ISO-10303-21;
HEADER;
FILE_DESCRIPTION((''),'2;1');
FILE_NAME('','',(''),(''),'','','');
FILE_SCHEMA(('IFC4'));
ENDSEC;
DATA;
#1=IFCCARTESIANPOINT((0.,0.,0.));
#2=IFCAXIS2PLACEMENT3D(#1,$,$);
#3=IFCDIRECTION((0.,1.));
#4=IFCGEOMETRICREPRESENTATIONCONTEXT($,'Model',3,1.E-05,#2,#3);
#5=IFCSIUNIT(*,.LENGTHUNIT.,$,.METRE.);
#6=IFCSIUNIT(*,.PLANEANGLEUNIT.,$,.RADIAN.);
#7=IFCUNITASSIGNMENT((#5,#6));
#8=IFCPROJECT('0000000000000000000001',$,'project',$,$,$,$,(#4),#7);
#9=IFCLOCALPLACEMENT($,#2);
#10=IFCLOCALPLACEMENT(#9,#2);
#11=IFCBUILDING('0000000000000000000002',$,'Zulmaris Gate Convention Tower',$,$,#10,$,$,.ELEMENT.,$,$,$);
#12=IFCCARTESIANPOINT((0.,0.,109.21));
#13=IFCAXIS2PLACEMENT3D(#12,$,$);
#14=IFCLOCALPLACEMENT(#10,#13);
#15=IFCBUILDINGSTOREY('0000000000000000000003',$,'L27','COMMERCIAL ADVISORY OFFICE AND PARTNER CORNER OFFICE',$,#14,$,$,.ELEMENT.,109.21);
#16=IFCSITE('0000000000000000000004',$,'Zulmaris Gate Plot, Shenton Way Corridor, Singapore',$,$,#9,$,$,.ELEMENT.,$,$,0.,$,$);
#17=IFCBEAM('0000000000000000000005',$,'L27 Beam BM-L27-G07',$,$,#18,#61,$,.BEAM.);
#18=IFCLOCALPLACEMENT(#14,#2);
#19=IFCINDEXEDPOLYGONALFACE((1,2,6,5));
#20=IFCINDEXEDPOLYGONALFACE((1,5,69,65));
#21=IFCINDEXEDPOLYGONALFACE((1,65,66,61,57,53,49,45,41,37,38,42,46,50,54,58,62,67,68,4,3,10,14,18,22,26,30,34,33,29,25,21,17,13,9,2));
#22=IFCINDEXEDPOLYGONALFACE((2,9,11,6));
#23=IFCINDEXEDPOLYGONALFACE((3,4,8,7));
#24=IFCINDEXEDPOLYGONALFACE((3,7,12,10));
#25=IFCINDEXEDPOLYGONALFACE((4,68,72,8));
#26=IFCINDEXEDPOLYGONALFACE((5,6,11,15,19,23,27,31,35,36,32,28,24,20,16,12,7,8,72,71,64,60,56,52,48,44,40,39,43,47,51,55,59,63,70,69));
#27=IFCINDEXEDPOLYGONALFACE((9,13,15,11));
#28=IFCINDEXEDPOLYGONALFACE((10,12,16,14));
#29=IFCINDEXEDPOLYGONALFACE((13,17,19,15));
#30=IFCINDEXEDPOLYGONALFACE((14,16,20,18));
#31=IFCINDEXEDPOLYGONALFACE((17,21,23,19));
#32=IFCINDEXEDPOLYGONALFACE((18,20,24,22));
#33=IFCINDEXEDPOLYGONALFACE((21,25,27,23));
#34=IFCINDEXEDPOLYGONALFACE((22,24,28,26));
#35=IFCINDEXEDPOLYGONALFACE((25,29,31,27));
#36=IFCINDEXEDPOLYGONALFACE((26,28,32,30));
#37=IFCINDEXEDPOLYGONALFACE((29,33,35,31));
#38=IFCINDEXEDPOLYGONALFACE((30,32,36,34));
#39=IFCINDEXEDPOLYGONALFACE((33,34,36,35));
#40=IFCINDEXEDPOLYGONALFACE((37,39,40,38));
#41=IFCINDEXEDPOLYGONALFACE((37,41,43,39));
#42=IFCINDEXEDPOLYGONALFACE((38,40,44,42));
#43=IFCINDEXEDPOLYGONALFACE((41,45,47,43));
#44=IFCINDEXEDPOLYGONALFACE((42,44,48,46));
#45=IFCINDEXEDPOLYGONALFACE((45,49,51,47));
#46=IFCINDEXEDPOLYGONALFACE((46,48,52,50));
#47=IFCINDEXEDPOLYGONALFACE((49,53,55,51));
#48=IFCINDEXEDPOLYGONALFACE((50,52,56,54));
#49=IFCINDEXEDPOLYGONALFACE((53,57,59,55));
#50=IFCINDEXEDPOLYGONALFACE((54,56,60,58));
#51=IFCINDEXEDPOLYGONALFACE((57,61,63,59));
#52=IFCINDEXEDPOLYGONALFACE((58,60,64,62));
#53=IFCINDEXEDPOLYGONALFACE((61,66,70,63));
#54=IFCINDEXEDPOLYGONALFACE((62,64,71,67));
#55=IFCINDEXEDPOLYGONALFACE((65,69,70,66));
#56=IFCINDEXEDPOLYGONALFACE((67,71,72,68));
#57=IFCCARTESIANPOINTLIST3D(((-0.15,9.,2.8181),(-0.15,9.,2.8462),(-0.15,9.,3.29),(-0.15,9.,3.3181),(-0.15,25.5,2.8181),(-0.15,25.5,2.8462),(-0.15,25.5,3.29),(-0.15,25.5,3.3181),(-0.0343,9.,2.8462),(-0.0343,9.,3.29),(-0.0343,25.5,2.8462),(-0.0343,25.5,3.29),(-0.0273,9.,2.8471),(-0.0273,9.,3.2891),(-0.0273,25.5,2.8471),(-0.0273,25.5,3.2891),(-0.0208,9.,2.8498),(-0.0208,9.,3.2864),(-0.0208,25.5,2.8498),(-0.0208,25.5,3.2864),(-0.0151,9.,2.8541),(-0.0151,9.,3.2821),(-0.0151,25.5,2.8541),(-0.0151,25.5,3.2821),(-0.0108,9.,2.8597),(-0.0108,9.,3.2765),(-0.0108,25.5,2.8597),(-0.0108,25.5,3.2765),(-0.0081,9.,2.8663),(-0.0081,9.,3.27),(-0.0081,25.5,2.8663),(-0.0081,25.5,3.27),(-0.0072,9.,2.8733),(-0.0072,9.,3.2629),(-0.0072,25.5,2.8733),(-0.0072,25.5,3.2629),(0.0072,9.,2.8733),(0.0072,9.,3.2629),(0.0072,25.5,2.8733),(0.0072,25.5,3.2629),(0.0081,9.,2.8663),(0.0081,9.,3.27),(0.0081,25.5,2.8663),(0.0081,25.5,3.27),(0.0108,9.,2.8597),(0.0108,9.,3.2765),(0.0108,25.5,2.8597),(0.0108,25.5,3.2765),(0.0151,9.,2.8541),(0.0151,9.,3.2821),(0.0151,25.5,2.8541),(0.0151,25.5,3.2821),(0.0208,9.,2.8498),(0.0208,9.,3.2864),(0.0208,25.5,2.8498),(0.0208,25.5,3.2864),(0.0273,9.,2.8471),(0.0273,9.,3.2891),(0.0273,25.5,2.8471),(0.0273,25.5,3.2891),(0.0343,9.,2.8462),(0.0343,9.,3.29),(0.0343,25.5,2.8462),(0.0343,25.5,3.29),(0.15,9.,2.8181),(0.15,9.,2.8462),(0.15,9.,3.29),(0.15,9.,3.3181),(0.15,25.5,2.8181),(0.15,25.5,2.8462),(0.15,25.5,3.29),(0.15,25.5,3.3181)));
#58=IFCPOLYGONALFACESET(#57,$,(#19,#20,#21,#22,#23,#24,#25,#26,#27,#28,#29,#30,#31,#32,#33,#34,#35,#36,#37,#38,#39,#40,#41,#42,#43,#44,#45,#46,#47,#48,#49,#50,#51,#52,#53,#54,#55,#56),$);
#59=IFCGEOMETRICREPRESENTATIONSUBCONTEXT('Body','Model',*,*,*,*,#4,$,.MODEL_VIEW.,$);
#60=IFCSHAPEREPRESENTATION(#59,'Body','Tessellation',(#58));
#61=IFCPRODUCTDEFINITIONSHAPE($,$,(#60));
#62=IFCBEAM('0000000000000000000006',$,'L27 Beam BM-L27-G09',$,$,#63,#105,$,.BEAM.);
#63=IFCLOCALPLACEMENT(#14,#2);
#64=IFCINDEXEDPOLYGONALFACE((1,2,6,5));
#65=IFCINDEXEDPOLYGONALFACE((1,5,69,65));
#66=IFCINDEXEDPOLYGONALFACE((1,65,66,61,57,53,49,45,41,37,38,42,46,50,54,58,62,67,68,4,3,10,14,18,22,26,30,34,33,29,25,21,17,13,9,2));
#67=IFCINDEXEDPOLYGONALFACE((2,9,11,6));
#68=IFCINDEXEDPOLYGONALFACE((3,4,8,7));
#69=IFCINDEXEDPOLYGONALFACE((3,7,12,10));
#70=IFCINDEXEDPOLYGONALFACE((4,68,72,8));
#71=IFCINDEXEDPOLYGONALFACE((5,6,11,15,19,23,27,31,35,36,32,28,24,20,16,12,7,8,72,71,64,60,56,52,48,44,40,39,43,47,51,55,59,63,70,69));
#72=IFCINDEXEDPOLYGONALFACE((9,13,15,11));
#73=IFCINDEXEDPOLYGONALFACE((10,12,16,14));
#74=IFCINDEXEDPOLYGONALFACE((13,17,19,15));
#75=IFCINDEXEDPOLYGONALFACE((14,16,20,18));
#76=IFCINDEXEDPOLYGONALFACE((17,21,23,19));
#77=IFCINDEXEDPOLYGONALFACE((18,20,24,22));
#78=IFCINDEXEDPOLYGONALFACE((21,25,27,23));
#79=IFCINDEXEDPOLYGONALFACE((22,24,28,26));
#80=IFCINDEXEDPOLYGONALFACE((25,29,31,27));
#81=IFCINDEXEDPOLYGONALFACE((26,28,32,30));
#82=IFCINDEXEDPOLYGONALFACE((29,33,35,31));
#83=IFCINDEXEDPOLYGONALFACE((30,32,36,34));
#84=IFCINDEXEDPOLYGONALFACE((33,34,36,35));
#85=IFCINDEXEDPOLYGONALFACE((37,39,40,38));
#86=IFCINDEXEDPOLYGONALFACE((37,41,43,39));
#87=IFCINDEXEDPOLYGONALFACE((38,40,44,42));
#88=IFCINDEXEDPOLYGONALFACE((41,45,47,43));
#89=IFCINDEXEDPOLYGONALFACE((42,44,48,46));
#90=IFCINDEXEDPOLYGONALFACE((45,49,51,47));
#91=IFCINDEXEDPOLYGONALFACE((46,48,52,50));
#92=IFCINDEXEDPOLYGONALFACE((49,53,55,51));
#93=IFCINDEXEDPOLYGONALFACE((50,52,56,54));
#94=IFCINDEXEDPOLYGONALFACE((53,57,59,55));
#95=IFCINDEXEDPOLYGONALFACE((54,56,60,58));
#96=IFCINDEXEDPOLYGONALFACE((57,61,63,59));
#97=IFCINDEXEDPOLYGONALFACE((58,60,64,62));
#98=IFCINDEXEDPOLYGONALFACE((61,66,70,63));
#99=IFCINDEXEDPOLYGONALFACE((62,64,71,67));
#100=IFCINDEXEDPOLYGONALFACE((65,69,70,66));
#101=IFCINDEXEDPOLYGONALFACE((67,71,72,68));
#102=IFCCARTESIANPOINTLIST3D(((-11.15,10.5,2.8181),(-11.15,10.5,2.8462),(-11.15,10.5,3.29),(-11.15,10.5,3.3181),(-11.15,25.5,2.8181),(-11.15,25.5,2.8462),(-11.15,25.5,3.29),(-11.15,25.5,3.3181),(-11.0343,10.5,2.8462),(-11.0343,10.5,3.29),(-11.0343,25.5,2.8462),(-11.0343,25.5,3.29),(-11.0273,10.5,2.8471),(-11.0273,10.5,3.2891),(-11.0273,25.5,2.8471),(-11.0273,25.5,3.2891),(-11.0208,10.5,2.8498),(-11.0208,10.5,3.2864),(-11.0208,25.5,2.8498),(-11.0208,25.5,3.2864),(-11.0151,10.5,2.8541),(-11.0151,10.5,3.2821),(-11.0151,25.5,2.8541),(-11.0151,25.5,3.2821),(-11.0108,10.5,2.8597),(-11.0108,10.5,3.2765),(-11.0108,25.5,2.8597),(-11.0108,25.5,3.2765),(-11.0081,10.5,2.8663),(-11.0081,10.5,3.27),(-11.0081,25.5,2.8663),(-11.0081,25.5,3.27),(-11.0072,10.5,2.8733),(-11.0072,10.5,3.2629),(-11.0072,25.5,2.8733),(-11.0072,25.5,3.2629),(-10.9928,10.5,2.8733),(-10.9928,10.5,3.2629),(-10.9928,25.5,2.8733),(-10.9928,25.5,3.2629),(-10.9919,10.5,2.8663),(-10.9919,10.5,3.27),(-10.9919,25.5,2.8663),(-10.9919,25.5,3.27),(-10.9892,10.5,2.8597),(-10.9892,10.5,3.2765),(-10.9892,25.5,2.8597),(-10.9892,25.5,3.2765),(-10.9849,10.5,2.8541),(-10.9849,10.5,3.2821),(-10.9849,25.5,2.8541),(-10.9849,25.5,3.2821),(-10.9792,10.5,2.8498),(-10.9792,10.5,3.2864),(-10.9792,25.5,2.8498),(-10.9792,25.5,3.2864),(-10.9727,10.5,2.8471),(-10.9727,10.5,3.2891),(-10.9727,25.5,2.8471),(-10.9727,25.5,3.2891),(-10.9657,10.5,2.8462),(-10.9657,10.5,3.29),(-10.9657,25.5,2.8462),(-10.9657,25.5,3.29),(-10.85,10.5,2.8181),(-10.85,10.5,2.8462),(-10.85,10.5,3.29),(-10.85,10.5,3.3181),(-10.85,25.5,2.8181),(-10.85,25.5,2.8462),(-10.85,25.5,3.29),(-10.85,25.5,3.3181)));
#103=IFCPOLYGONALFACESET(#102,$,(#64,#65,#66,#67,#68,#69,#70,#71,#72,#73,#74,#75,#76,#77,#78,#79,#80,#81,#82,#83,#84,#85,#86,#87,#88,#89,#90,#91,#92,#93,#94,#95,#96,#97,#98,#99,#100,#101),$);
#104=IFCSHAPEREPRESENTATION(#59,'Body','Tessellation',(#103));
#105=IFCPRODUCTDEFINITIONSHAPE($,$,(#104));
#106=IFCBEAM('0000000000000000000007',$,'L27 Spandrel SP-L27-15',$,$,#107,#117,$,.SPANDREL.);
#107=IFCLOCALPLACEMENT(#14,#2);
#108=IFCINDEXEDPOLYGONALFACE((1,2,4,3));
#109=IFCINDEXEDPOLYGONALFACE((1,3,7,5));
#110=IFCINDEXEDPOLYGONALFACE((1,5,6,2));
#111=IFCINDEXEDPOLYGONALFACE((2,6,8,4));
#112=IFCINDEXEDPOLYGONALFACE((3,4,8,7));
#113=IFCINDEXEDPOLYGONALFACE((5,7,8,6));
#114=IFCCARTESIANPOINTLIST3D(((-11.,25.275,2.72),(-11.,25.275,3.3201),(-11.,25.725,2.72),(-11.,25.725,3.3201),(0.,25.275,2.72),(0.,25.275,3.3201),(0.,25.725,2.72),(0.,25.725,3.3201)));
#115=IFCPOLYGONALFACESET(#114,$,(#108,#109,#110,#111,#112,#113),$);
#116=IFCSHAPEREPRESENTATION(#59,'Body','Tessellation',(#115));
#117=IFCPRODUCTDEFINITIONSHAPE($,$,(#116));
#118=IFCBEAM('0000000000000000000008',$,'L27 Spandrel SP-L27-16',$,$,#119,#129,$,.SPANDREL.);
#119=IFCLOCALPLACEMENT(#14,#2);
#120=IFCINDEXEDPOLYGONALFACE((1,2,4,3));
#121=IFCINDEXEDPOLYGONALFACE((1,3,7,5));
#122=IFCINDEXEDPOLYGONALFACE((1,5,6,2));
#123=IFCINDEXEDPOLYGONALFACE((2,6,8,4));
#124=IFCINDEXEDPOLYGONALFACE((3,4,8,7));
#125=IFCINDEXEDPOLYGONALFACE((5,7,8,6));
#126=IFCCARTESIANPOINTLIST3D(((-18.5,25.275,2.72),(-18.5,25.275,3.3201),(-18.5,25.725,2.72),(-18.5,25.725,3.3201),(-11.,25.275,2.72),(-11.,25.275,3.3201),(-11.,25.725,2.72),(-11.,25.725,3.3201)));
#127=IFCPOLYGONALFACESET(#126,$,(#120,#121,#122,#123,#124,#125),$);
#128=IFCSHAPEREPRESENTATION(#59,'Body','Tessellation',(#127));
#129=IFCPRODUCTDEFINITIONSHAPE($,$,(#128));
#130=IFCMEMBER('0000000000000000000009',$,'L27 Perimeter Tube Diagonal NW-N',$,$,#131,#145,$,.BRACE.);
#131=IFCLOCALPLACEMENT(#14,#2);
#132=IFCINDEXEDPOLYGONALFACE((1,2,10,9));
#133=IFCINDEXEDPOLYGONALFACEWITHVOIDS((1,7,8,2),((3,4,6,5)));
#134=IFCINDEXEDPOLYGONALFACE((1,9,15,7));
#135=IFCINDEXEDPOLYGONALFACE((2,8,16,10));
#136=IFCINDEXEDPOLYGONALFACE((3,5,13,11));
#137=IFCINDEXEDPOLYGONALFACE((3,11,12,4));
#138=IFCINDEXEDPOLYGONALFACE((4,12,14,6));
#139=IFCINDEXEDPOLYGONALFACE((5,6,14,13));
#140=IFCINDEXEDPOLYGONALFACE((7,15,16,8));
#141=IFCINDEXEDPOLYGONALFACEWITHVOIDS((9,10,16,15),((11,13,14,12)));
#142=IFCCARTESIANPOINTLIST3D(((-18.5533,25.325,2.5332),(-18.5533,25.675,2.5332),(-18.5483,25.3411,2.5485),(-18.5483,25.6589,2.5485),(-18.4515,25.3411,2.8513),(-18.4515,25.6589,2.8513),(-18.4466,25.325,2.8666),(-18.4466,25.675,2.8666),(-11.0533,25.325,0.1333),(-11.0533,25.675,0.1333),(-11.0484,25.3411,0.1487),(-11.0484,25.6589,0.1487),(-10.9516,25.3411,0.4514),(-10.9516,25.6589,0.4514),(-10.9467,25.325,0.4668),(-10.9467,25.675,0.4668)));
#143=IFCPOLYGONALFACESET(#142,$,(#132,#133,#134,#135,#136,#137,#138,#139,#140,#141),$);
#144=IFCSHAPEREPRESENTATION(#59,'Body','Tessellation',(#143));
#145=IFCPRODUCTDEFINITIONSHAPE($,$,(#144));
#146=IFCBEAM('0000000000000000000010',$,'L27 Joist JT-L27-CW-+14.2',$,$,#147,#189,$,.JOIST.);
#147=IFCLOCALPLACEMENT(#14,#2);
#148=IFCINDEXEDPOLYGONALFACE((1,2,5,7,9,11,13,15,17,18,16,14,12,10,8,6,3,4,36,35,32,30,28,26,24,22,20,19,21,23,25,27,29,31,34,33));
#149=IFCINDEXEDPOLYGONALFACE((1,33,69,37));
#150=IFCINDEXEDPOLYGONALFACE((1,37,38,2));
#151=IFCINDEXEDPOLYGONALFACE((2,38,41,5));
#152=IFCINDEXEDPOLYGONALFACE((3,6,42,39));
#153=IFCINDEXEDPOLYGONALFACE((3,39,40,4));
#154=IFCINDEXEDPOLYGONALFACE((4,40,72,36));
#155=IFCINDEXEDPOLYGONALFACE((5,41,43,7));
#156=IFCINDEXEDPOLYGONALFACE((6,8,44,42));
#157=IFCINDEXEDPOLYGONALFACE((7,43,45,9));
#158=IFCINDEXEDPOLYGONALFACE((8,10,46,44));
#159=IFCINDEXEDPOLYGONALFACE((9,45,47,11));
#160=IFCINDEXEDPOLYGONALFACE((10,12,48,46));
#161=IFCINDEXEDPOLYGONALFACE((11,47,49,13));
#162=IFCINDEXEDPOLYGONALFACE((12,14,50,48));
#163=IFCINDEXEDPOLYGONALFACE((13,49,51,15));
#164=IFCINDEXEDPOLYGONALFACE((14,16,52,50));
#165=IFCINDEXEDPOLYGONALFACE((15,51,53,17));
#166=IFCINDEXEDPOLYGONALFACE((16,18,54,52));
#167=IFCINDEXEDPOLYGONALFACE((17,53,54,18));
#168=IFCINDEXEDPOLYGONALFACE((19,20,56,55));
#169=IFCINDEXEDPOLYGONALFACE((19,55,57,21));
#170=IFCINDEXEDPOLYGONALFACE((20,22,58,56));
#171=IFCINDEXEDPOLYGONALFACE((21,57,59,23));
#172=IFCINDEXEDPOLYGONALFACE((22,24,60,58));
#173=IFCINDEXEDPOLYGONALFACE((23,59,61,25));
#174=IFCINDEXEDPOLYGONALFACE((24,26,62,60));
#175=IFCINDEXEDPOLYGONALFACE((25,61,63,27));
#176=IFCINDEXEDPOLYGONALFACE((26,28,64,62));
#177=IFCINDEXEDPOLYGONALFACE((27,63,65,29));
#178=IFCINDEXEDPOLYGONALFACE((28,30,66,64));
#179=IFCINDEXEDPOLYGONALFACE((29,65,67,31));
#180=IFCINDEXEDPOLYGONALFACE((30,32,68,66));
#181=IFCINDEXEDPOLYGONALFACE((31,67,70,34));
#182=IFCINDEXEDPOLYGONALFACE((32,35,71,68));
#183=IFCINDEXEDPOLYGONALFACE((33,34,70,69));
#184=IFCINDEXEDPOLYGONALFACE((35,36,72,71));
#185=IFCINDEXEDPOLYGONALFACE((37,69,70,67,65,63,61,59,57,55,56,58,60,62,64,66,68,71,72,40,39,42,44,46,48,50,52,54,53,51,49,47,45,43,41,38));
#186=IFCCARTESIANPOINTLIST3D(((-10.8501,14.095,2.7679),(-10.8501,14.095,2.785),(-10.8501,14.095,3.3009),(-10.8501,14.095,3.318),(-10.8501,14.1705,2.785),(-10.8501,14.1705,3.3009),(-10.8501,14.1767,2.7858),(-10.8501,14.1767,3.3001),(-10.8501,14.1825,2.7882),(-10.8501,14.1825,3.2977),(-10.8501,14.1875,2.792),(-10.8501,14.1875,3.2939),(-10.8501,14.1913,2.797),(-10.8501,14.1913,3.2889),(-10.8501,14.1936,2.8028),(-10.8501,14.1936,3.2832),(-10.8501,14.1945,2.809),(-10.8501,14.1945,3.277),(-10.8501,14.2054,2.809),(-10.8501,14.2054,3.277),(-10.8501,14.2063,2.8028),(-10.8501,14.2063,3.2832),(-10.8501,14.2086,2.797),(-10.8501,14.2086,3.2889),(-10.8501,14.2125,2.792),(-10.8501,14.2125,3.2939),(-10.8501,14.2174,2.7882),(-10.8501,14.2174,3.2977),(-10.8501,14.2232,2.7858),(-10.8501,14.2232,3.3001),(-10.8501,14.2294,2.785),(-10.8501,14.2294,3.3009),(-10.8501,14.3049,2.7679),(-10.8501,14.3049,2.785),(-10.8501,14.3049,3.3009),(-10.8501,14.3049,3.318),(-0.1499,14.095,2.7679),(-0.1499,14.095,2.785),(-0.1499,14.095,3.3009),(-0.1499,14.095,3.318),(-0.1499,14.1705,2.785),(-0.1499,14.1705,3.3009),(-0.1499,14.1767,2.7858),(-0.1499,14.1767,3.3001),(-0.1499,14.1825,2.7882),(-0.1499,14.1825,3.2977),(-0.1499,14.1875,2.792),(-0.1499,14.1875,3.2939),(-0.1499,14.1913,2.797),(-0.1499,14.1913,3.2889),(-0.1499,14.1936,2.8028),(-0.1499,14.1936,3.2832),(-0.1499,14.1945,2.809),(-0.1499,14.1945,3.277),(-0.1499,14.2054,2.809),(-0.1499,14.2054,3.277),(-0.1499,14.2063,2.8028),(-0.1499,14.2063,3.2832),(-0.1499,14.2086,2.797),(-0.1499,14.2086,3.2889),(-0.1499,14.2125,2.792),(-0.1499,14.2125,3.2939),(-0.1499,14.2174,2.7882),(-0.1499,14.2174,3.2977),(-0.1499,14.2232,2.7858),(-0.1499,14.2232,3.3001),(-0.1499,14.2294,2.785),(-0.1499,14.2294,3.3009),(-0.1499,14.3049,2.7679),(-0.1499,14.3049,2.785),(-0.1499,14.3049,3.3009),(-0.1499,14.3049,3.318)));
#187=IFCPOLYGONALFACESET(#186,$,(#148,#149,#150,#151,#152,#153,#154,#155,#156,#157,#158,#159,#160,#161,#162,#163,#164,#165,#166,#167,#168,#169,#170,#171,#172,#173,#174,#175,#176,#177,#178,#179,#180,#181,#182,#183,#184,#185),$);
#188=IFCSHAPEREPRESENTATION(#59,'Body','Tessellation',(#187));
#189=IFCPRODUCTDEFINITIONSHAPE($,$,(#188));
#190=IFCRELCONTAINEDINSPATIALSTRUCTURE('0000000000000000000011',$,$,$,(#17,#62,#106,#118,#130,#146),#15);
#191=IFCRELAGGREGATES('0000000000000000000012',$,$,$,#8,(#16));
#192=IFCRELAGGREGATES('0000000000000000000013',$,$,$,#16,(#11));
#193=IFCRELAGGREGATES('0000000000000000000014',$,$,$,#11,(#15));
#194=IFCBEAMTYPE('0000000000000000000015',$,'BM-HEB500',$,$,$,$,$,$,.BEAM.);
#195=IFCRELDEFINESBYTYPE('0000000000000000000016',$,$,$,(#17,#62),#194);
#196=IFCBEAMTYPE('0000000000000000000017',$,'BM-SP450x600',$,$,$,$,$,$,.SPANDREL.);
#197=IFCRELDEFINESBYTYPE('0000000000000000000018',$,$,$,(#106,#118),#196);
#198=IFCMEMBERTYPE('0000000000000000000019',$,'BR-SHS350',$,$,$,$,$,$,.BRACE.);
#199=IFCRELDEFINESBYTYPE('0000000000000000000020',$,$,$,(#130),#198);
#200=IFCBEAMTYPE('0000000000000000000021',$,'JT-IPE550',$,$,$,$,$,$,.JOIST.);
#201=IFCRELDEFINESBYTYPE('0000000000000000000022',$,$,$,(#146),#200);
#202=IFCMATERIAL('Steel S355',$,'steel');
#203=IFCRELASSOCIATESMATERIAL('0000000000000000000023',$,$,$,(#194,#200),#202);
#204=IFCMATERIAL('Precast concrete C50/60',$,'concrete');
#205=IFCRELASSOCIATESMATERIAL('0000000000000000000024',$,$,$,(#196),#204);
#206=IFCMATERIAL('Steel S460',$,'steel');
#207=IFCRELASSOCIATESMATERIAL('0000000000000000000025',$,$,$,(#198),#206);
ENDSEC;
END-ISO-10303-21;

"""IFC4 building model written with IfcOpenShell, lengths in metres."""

from ifc_helpers import new_model, si_unit, direction, frame, origin, origin_2d, place, context, subcontext, project, spatial, rectangle, hollow_rectangle, i_section, extrude, material, material_profile, profile_set, type_object, element, save


model = new_model("IFC4")

# Units and contexts
model_context = context("Model", 3, precision=1e-05, world=origin(), true_north=direction((0.0, 1.0)))
body_context = subcontext(model_context, "Body", "Model", "MODEL_VIEW")
ifc_project = project(units=[si_unit("LENGTHUNIT", "METRE"), si_unit("PLANEANGLEUNIT", "RADIAN")], contexts=[model_context])

# Site, building, storey
site_placement = place(None, origin())
site = spatial("IfcSite", under=ifc_project, at=site_placement, Name="Zulmaris Gate Plot, Shenton Way Corridor, Singapore", CompositionType="ELEMENT", RefElevation=0.0)
building_placement = place(site_placement, origin())
building = spatial("IfcBuilding", under=site, at=building_placement, Name="Zulmaris Gate Convention Tower", CompositionType="ELEMENT")
storey_placement = place(building_placement, frame((0.0, 0.0, 109.21)))
storey = spatial("IfcBuildingStorey", under=building, at=storey_placement, Name="L27", Description="COMMERCIAL ADVISORY OFFICE AND PARTNER CORNER OFFICE", CompositionType="ELEMENT", Elevation=109.21)

# Beams
ifc_material_1 = material(Name="Steel S355", Category="steel")
ifc_material_profile_1 = material_profile(ifc_material_1, i_section(OverallWidth=0.3, OverallDepth=0.5, WebThickness=0.0144, FlangeThickness=0.0281, FilletRadius=0.0271, at=origin_2d()), Name="HEB 500")
ifc_profile_set_1 = profile_set([ifc_material_profile_1], Name="Steel S355")
beam_type_1 = type_object("IfcBeamType", Name="BM-HEB500", PredefinedType="BEAM", material=ifc_profile_set_1)
beam_1_placement = place(storey_placement, frame((0.0, 9.0, 3.0681), z_axis=(0.0, 1.0, 0.0), x_axis=(-1.0, 0.0, 0.0)))
element("IfcBeam", 1, at=beam_1_placement, inside=storey, type_object=beam_type_1, Name="L27 Beam BM-L27-G07", PredefinedType="BEAM", context=body_context, shape_type="SweptSolid", body=[
    extrude(i_section(OverallWidth=0.3, OverallDepth=0.5, WebThickness=0.0144, FlangeThickness=0.0281, FilletRadius=0.0271, at=origin_2d()), origin(), (0.0, 0.0, 1.0), 16.5),
])
beam_2_placement = place(storey_placement, frame((-11.0, 10.5, 3.0681), z_axis=(0.0, 1.0, 0.0), x_axis=(-1.0, 0.0, 0.0)))
element("IfcBeam", 2, at=beam_2_placement, inside=storey, type_object=beam_type_1, Name="L27 Beam BM-L27-G09", PredefinedType="BEAM", context=body_context, shape_type="SweptSolid", body=[
    extrude(i_section(OverallWidth=0.3, OverallDepth=0.5, WebThickness=0.0144, FlangeThickness=0.0281, FilletRadius=0.0271, at=origin_2d()), origin(), (0.0, 0.0, 1.0), 15.0),
])
ifc_material_2 = material(Name="Precast concrete C50/60", Category="concrete")
ifc_material_profile_2 = material_profile(ifc_material_2, rectangle(XDim=0.45, YDim=0.6001, at=origin_2d()), Name="RC SPANDREL 450x600")
ifc_profile_set_2 = profile_set([ifc_material_profile_2], Name="Precast concrete C50/60")
beam_type_2 = type_object("IfcBeamType", Name="BM-SP450x600", PredefinedType="SPANDREL", material=ifc_profile_set_2)
beam_3_placement = place(storey_placement, frame((0.0, 25.5, 3.02), z_axis=(-1.0, 0.0, 0.0), x_axis=(0.0, -1.0, 0.0)))
element("IfcBeam", 3, at=beam_3_placement, inside=storey, type_object=beam_type_2, Name="L27 Spandrel SP-L27-15", PredefinedType="SPANDREL", context=body_context, shape_type="SweptSolid", body=[
    extrude(rectangle(XDim=0.45, YDim=0.6001, at=origin_2d()), origin(), (0.0, 0.0, 1.0), 11.0),
])
beam_4_placement = place(storey_placement, frame((-11.0, 25.5, 3.02), z_axis=(-1.0, 0.0, 0.0), x_axis=(0.0, -1.0, 0.0)))
element("IfcBeam", 4, at=beam_4_placement, inside=storey, type_object=beam_type_2, Name="L27 Spandrel SP-L27-16", PredefinedType="SPANDREL", context=body_context, shape_type="SweptSolid", body=[
    extrude(rectangle(XDim=0.45, YDim=0.6001, at=origin_2d()), origin(), (0.0, 0.0, 1.0), 7.5),
])

# Member
ifc_material_3 = material(Name="Steel S460", Category="steel")
ifc_material_profile_3 = material_profile(ifc_material_3, hollow_rectangle(XDim=0.3501, YDim=0.3501, WallThickness=0.0161, at=origin_2d()), Name="SHS 350x350x16")
ifc_profile_set_3 = profile_set([ifc_material_profile_3], Name="Steel S460")
member_type = type_object("IfcMemberType", Name="BR-SHS350", PredefinedType="BRACE", material=ifc_profile_set_3)
member_placement = place(storey_placement, frame((-11.0, 25.5, 0.3), z_axis=(-0.952428, 0.0, 0.304764), x_axis=(0.0, -1.0, 0.0)))
element("IfcMember", 5, at=member_placement, inside=storey, type_object=member_type, Name="L27 Perimeter Tube Diagonal NW-N", PredefinedType="BRACE", context=body_context, shape_type="SweptSolid", body=[
    extrude(hollow_rectangle(XDim=0.3501, YDim=0.3501, WallThickness=0.0161, at=origin_2d()), origin(), (0.0, 0.0, 1.0), 7.8745),
])

# Beam
ifc_material_profile_4 = material_profile(ifc_material_1, i_section(OverallWidth=0.21, OverallDepth=0.55, WebThickness=0.011, FlangeThickness=0.0171, FilletRadius=0.0239, at=origin_2d()), Name="IPE 550")
ifc_profile_set_4 = profile_set([ifc_material_profile_4], Name="Steel S355")
beam_type_3 = type_object("IfcBeamType", Name="JT-IPE550", PredefinedType="JOIST", material=ifc_profile_set_4)
for number, where, z_axis, x_axis, name in (
    (6, (-10.8501, 14.2, 3.043), (1.0, 0.0, 0.0), (0.0, 1.0, 0.0), "L27 Joist JT-L27-CW-+14.2"),
):
    element("IfcBeam", number, at=place(storey_placement, frame(where, z_axis=z_axis, x_axis=x_axis)), inside=storey, type_object=beam_type_3, Name=name, PredefinedType="JOIST", context=body_context, shape_type="SweptSolid", body=[
        extrude(i_section(OverallWidth=0.21, OverallDepth=0.55, WebThickness=0.011, FlangeThickness=0.0171, FilletRadius=0.0239, at=origin_2d()), origin(), (0.0, 0.0, 1.0), 10.7002),
    ])

save(model, "model.ifc")
